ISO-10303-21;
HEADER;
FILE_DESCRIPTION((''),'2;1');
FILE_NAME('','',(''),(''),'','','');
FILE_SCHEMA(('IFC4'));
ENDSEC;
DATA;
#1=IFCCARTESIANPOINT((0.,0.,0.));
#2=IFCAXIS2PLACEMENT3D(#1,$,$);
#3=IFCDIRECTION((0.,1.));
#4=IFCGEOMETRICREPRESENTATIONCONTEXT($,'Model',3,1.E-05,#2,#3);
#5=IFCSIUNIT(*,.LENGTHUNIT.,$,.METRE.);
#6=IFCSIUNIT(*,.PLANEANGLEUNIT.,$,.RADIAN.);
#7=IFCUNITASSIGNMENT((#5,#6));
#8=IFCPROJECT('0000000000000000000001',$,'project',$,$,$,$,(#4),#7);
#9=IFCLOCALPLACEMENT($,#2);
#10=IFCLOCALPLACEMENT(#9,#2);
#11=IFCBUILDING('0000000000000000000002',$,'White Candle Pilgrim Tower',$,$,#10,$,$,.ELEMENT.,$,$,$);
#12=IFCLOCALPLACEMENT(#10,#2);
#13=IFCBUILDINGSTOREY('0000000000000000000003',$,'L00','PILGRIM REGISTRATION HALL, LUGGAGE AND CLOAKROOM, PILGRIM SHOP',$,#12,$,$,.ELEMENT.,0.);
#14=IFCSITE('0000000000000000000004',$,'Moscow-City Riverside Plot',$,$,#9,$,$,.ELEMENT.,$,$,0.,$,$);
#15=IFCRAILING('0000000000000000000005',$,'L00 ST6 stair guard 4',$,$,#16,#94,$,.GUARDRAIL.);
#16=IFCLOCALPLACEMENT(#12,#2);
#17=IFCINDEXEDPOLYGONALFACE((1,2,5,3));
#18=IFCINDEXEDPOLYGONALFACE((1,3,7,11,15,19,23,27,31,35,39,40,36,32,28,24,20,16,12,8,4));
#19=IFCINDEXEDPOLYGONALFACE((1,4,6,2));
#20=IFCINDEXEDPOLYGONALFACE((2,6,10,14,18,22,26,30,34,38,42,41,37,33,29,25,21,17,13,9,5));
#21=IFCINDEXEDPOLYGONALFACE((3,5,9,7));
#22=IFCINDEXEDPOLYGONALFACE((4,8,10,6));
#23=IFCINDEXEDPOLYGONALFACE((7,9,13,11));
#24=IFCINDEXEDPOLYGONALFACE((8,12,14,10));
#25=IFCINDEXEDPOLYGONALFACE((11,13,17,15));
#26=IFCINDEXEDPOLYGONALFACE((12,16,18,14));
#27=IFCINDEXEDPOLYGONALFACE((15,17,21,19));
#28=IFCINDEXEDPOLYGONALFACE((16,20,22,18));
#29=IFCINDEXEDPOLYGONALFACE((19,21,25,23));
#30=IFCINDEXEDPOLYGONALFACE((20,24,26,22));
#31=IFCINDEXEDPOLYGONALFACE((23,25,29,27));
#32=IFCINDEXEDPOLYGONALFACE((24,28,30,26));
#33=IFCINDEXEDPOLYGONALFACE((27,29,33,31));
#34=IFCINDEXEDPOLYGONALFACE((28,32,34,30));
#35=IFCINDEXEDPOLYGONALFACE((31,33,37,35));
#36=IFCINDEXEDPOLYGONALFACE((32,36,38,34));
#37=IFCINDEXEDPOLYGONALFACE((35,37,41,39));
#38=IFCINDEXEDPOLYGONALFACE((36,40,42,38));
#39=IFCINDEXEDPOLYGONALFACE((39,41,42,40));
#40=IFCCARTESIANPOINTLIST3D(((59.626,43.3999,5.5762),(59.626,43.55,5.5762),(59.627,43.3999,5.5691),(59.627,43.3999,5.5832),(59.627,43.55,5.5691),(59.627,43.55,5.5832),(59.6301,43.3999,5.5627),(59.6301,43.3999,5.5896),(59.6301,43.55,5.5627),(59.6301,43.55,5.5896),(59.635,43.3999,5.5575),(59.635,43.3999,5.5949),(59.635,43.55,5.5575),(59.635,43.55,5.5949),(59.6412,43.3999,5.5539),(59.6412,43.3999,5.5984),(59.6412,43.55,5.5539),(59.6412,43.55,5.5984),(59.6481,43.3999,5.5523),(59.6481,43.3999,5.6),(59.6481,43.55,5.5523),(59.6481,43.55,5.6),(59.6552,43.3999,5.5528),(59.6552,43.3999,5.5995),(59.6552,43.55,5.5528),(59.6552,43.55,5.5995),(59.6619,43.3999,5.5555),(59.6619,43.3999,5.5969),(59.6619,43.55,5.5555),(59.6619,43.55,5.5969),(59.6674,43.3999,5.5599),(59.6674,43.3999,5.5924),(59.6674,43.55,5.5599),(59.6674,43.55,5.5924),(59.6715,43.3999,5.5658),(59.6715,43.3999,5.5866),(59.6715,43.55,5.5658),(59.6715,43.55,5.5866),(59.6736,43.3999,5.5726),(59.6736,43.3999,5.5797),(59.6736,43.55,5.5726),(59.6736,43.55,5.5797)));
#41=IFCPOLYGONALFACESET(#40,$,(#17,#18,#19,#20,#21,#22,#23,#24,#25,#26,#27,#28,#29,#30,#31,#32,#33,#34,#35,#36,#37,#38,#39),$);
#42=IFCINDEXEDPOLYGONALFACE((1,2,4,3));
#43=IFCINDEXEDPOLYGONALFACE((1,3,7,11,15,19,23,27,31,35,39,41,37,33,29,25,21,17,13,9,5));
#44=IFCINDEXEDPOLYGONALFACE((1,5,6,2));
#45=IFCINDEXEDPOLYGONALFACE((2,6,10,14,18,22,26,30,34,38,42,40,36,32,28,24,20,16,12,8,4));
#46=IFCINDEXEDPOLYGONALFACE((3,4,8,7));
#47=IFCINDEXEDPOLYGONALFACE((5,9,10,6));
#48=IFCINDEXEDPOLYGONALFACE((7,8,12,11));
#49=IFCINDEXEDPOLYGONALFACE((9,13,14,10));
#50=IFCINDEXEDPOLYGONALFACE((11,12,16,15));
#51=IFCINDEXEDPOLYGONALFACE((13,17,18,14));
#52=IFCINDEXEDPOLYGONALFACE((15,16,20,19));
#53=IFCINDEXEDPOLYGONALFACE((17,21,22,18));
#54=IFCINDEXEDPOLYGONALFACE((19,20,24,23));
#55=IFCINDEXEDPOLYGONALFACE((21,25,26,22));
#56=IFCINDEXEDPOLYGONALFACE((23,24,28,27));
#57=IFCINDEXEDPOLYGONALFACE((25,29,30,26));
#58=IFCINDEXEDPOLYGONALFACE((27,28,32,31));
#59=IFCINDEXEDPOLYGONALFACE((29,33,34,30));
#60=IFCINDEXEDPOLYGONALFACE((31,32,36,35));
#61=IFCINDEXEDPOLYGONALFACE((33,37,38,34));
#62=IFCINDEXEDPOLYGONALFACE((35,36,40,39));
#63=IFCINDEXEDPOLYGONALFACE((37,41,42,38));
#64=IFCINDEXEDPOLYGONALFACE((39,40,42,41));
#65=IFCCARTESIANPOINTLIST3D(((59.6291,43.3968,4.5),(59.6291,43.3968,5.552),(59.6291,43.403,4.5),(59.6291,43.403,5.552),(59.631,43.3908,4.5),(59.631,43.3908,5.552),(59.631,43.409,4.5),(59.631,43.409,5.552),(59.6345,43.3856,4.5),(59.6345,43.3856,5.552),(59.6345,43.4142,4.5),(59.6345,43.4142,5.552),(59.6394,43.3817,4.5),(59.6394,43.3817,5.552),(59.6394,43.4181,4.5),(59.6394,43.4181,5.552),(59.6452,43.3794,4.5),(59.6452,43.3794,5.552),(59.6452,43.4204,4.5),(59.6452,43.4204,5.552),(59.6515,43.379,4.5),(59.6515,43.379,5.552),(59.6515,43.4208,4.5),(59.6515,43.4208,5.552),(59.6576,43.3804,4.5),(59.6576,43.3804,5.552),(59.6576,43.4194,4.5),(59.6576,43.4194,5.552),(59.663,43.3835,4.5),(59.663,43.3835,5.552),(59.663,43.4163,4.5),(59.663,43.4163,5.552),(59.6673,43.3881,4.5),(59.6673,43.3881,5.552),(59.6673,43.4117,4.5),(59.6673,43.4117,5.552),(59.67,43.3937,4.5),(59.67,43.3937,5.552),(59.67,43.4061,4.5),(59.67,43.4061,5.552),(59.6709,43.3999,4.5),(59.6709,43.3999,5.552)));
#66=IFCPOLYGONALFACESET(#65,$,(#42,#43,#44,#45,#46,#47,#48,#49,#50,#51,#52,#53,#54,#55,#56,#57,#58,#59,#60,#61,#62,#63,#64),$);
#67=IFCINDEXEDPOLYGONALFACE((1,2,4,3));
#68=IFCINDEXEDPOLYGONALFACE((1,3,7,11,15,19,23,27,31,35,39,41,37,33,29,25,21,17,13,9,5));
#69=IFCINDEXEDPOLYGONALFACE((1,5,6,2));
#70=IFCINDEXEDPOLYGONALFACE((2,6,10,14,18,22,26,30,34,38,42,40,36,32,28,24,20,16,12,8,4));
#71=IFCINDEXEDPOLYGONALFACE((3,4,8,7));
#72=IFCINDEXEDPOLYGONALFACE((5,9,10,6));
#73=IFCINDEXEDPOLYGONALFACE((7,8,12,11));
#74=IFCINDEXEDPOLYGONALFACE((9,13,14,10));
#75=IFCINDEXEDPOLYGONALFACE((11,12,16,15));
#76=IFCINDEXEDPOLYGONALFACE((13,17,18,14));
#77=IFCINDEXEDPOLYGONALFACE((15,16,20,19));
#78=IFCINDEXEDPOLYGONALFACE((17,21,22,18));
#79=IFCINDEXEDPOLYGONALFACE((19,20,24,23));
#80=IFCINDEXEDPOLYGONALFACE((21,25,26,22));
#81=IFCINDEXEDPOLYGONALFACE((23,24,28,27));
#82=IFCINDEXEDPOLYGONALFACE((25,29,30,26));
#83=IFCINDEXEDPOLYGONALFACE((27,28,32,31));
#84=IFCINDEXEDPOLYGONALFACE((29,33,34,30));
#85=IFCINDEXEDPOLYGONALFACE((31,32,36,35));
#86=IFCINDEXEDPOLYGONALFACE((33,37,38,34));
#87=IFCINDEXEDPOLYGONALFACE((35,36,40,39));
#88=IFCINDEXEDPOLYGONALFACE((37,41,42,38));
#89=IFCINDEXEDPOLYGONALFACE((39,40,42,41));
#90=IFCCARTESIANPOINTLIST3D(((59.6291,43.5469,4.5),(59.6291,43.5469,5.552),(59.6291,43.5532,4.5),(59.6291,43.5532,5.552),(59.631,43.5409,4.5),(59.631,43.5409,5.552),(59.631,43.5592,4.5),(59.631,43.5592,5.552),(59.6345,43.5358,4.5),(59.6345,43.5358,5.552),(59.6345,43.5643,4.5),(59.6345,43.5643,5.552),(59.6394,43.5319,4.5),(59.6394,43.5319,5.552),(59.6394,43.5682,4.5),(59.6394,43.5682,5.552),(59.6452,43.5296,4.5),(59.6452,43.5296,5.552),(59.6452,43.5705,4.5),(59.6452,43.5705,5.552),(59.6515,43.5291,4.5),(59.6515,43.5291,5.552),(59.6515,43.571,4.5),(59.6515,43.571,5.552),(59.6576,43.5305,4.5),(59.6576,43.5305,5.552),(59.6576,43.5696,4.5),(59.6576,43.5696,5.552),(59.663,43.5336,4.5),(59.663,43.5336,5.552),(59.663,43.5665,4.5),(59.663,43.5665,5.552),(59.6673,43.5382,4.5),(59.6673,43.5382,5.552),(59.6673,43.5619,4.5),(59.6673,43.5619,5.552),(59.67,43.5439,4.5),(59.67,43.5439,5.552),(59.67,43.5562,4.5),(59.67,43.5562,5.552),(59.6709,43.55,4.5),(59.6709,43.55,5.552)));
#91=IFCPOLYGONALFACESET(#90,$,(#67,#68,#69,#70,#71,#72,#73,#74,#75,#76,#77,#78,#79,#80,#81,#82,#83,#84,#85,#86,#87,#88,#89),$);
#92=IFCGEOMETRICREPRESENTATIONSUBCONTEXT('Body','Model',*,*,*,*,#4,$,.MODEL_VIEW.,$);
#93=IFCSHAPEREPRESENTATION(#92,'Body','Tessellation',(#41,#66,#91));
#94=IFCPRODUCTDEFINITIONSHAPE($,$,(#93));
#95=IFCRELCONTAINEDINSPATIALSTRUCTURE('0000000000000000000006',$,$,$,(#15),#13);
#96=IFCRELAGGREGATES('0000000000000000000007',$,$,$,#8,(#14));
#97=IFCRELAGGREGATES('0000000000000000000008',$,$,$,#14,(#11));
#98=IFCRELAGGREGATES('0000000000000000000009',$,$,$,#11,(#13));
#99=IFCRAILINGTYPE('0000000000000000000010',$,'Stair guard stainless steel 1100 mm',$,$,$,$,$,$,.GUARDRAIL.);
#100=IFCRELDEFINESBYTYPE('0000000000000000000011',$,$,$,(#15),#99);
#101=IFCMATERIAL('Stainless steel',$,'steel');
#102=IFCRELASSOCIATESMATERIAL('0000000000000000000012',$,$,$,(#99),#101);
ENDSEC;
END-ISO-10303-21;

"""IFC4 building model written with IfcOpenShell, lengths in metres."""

from ifc_helpers import new_model, si_unit, direction, frame, origin, origin_2d, place, context, subcontext, project, spatial, circle, extrude, material, type_object, element, save


model = new_model("IFC4")

# Units and contexts
model_context = context("Model", 3, precision=1e-05, world=origin(), true_north=direction((0.0, 1.0)))
body_context = subcontext(model_context, "Body", "Model", "MODEL_VIEW")
ifc_project = project(units=[si_unit("LENGTHUNIT", "METRE"), si_unit("PLANEANGLEUNIT", "RADIAN")], contexts=[model_context])

# Site, building, storey
site_placement = place(None, origin())
site = spatial("IfcSite", under=ifc_project, at=site_placement, Name="Moscow-City Riverside Plot", CompositionType="ELEMENT", RefElevation=0.0)
building_placement = place(site_placement, origin())
building = spatial("IfcBuilding", under=site, at=building_placement, Name="White Candle Pilgrim Tower", CompositionType="ELEMENT")
storey_placement = place(building_placement, origin())
storey = spatial("IfcBuildingStorey", under=building, at=storey_placement, Name="L00", Description="PILGRIM REGISTRATION HALL, LUGGAGE AND CLOAKROOM, PILGRIM SHOP", CompositionType="ELEMENT", Elevation=0.0)

# Railing
ifc_material_1 = material(Name="Stainless steel", Category="steel")
railing_type_1 = type_object("IfcRailingType", Name="Stair guard stainless steel 1100 mm", PredefinedType="GUARDRAIL", material=ifc_material_1)
railing_1_placement = place(storey_placement, frame((59.6499, 43.3999, 4.5)))
element("IfcRailing", 1, at=railing_1_placement, inside=storey, type_object=railing_type_1, Name="L00 ST6 stair guard 4", PredefinedType="GUARDRAIL", context=body_context, shape_type="SweptSolid", body=[
    extrude(circle(Radius=0.0239, at=origin_2d()), frame((0.0, 0.0, 1.0762), z_axis=(0.0, 1.0, 0.0), x_axis=(-1.0, 0.0, 0.0)), (0.0, 0.0, 1.0), 0.1501),
    extrude(circle(Radius=0.021, at=origin_2d()), origin(), (0.0, 0.0, 1.0), 1.052),
    extrude(circle(Radius=0.021, at=origin_2d()), frame((0.0, 0.1501, 0.0)), (0.0, 0.0, 1.0), 1.052),
])

save(model, "model.ifc")
